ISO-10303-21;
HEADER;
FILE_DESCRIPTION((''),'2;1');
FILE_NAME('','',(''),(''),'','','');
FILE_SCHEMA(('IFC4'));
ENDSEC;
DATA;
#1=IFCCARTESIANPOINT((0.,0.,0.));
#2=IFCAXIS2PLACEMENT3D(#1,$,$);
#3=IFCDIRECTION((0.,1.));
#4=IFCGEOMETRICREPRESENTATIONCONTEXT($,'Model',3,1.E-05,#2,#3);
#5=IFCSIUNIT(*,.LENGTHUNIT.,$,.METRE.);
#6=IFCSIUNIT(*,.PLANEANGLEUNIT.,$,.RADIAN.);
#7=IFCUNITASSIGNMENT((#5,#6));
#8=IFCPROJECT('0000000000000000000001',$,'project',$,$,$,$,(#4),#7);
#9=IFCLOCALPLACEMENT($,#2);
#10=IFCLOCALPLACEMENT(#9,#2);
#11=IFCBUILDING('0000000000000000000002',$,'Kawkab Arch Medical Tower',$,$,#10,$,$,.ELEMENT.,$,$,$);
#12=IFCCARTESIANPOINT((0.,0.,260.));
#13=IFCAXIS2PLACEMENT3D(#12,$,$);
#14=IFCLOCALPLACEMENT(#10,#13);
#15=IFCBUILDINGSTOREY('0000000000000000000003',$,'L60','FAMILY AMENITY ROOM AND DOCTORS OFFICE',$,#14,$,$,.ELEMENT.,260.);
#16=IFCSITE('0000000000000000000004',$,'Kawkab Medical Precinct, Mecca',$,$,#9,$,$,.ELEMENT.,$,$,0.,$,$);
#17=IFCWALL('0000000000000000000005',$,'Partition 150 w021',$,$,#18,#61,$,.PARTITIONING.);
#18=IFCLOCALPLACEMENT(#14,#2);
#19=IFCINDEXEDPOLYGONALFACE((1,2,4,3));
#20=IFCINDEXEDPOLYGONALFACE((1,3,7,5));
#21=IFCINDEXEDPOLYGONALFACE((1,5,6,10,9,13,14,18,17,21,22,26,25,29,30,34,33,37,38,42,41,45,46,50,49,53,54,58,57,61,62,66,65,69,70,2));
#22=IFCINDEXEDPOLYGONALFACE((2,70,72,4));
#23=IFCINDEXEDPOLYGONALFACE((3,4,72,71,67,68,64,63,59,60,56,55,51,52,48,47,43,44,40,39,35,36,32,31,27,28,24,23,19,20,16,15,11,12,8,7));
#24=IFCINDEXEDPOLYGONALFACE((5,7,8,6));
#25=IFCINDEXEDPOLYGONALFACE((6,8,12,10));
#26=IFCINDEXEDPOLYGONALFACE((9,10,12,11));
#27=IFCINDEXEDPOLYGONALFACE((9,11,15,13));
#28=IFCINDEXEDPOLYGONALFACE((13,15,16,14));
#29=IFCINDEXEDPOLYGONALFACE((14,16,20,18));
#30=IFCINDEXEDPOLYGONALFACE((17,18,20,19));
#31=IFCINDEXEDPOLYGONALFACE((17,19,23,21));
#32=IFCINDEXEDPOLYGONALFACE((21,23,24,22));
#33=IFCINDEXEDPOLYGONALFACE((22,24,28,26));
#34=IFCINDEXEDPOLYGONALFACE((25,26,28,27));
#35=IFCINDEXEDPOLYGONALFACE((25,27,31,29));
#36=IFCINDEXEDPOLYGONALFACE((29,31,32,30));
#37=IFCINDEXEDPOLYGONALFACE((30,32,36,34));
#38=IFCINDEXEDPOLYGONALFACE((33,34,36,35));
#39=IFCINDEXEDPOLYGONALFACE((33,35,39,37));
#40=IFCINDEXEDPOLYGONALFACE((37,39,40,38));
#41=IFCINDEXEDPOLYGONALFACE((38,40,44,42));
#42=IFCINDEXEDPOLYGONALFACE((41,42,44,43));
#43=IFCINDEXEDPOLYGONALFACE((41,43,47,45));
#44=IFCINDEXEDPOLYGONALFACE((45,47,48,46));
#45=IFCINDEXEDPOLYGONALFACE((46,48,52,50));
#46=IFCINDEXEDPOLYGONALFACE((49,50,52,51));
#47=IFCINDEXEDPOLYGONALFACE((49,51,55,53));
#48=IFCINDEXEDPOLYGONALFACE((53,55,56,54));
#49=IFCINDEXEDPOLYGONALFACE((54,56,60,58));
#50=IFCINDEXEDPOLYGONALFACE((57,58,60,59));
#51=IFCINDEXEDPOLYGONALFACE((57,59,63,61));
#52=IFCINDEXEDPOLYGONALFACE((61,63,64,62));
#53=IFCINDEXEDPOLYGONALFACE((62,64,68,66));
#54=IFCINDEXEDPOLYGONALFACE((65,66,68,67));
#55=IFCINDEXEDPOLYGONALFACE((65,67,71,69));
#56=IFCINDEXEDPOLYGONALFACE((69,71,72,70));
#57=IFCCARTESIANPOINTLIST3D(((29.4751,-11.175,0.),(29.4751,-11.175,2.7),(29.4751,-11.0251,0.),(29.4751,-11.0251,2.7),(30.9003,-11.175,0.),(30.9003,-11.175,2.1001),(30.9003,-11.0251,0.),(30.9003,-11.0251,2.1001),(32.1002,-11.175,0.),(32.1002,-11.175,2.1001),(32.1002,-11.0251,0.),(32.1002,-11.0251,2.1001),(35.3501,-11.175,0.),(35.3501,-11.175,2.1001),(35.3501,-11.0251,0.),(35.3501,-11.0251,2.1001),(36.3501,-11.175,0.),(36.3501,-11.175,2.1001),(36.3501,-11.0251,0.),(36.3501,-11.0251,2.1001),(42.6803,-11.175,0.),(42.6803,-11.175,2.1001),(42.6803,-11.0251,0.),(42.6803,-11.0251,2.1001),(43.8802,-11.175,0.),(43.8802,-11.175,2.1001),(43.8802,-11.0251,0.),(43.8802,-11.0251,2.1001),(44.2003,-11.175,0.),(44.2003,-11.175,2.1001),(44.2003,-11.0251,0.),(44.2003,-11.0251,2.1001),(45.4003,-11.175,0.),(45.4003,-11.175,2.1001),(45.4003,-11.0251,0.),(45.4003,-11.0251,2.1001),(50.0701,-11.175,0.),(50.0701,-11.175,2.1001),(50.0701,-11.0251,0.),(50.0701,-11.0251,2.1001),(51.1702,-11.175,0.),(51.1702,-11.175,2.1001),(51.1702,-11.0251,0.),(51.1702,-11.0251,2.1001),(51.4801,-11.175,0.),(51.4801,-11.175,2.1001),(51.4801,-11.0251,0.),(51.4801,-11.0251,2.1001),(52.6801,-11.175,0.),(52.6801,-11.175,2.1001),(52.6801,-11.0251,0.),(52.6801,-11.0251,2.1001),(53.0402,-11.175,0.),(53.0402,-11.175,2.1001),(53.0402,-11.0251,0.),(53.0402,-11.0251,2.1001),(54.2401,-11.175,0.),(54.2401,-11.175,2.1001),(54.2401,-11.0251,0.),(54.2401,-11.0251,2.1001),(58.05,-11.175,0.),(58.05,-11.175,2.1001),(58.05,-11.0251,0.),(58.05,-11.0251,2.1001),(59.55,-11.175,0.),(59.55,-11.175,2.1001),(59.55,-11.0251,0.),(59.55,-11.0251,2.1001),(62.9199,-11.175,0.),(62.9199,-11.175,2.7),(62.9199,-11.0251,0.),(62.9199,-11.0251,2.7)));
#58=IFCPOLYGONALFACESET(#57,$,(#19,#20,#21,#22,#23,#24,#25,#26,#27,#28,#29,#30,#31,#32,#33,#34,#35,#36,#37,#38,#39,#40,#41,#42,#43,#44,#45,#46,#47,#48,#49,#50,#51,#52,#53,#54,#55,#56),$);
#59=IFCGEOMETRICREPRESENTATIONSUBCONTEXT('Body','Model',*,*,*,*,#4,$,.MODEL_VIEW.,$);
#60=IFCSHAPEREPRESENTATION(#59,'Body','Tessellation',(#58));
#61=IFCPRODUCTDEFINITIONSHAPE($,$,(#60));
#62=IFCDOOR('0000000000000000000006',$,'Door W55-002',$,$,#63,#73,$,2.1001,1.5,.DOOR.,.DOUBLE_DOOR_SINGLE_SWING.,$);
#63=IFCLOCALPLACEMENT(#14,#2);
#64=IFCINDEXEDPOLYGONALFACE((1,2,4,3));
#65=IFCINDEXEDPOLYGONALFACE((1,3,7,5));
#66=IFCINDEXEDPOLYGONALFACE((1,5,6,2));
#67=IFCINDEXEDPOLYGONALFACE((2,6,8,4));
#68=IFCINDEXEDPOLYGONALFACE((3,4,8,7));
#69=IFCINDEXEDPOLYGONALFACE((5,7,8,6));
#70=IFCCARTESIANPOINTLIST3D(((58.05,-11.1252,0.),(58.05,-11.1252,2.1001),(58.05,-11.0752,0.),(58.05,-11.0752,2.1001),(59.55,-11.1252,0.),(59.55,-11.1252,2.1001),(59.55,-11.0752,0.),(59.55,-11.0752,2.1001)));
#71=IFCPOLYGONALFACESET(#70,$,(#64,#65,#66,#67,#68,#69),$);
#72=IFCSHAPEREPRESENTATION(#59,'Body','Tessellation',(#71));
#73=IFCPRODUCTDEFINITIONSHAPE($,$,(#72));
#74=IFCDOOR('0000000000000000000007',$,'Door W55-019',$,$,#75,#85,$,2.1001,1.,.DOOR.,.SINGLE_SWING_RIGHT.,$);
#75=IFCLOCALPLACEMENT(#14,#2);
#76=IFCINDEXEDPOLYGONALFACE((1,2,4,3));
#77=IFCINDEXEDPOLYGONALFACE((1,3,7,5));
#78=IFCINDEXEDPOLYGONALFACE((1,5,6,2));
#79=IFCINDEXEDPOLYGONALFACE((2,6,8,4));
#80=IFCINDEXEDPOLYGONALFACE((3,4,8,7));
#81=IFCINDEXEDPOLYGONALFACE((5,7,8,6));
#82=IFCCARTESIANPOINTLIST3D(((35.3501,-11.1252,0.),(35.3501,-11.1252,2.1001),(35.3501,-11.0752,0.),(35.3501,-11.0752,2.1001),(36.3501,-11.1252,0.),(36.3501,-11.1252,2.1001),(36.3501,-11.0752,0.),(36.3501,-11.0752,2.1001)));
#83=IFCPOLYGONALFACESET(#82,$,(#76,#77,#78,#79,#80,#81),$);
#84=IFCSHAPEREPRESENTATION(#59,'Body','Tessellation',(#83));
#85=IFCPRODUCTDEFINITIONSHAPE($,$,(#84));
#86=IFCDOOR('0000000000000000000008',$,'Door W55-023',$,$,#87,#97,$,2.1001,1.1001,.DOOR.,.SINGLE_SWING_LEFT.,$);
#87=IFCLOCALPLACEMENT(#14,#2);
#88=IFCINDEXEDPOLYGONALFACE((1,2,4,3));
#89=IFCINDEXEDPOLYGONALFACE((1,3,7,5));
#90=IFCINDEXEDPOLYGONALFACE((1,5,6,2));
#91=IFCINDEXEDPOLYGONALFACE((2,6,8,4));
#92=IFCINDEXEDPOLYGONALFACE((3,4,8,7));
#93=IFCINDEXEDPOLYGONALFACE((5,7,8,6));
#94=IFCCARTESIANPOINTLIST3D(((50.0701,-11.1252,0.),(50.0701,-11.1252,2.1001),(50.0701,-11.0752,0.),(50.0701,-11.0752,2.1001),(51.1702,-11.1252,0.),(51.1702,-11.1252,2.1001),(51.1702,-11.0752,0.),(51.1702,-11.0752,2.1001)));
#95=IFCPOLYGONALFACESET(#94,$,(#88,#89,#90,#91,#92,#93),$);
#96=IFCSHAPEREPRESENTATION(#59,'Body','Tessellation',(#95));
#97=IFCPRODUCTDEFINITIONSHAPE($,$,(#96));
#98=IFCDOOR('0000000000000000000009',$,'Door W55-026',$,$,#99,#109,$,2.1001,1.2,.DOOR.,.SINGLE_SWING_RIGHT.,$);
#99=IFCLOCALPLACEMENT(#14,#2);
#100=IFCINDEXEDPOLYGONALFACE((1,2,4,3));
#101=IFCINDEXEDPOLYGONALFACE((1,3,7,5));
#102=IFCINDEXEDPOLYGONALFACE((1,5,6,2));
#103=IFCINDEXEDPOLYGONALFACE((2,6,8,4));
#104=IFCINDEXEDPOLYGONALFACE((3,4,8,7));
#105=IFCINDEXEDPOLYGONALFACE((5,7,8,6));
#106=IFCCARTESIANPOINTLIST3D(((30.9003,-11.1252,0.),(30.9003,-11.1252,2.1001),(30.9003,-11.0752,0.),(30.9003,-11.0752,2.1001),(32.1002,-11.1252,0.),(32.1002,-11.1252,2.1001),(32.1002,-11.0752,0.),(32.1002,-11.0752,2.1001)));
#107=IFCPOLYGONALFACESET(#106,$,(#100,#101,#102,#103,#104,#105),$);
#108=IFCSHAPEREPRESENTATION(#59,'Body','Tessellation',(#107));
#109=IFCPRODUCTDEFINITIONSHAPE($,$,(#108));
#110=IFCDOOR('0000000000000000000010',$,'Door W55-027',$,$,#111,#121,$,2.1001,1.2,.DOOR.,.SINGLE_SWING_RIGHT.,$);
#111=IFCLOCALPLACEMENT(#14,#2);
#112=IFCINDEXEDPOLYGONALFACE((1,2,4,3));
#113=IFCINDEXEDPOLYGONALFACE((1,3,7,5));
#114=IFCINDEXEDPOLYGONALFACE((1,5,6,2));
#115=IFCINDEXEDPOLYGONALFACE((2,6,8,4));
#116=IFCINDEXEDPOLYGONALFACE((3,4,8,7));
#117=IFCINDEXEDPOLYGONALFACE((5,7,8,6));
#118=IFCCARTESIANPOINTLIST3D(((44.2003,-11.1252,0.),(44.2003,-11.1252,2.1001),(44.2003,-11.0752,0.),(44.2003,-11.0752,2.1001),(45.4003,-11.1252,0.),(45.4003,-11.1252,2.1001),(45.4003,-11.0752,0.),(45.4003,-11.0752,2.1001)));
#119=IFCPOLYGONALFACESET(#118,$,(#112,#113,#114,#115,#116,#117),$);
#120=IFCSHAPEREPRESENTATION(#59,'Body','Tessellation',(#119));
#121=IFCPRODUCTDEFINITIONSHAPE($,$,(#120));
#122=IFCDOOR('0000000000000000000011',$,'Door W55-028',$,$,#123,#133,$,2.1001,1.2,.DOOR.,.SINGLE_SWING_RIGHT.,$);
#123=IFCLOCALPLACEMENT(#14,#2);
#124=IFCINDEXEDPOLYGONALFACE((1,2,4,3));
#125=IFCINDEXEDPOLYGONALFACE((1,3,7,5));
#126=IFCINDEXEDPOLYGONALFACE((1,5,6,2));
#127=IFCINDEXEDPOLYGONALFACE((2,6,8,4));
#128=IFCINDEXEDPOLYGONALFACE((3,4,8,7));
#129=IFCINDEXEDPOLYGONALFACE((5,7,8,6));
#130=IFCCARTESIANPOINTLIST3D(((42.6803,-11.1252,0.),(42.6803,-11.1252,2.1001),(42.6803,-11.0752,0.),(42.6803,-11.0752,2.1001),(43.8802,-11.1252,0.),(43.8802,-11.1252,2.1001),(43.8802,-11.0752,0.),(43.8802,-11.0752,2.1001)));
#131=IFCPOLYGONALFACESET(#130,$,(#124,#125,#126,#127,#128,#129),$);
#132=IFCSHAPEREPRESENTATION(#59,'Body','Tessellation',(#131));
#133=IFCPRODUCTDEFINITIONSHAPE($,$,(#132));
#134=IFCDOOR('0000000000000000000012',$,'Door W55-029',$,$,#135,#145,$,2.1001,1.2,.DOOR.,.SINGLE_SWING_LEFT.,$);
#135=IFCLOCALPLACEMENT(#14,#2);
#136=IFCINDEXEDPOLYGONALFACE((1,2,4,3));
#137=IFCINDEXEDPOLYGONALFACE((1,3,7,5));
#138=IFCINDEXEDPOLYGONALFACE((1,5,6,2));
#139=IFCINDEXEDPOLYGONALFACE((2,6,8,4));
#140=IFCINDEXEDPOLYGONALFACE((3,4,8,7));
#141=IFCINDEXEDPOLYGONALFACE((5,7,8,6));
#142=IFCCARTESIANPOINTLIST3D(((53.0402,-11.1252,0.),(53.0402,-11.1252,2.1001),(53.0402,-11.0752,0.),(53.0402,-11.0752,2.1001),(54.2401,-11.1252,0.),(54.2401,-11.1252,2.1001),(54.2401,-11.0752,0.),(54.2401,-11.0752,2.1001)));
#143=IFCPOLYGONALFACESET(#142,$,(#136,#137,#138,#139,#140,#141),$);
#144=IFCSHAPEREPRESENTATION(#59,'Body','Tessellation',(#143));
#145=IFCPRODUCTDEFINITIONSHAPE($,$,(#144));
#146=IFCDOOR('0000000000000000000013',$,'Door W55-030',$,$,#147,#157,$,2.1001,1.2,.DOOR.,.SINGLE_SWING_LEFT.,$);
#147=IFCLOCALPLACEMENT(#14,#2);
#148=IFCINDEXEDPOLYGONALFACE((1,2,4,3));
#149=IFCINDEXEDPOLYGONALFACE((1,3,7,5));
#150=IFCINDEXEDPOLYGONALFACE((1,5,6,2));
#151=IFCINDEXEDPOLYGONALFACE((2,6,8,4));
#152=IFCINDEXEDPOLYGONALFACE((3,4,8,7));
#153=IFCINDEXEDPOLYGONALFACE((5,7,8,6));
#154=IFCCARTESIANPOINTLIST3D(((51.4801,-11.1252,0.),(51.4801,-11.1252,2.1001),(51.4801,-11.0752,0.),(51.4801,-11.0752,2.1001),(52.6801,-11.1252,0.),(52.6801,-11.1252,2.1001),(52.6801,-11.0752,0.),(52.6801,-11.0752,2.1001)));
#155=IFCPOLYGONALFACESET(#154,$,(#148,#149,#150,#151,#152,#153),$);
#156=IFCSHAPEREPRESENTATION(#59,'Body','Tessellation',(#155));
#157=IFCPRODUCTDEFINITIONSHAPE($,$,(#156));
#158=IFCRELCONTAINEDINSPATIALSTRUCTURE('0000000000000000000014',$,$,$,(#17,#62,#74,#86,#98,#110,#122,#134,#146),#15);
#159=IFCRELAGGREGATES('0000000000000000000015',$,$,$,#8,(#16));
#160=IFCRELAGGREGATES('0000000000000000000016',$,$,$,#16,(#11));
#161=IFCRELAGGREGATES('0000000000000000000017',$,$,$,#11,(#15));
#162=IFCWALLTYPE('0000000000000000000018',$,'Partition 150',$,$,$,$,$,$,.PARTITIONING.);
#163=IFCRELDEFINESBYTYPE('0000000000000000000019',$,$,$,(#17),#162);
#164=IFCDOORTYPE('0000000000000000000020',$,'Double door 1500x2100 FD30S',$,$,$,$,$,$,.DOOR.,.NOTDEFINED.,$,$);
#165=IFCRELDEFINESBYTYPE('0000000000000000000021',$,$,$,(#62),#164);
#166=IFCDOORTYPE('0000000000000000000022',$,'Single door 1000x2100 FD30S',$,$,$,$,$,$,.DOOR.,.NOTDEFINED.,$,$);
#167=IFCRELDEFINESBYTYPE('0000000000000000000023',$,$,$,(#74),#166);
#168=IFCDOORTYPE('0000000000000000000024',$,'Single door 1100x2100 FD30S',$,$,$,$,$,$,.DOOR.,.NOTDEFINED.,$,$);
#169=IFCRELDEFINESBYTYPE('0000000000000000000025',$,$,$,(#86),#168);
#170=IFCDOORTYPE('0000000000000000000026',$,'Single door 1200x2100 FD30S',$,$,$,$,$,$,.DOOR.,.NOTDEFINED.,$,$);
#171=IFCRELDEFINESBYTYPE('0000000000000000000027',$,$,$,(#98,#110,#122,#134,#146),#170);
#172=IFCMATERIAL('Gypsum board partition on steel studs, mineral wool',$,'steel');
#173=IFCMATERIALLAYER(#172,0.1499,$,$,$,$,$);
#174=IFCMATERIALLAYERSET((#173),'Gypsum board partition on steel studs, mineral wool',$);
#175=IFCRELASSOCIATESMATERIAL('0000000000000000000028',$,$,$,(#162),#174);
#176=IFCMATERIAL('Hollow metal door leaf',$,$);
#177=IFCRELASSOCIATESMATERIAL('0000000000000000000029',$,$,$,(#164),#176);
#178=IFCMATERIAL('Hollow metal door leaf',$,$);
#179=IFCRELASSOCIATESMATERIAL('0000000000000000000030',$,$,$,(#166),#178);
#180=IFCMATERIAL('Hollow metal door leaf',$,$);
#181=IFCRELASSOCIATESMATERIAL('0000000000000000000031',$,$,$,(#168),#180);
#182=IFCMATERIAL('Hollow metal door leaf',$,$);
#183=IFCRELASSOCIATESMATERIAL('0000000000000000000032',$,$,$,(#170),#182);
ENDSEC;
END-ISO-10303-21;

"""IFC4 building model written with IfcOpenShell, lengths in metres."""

from ifc_helpers import new_model, si_unit, direction, frame, frame_2d, origin, place, context, subcontext, project, spatial, rectangle, extrude, material, layer, layer_set, type_object, element, fill, save


model = new_model("IFC4")

# Units and contexts
model_context = context("Model", 3, precision=1e-05, world=origin(), true_north=direction((0.0, 1.0)))
body_context = subcontext(model_context, "Body", "Model", "MODEL_VIEW")
ifc_project = project(units=[si_unit("LENGTHUNIT", "METRE"), si_unit("PLANEANGLEUNIT", "RADIAN")], contexts=[model_context])

# Site, building, storey
site_placement = place(None, origin())
site = spatial("IfcSite", under=ifc_project, at=site_placement, Name="Kawkab Medical Precinct, Mecca", CompositionType="ELEMENT", RefElevation=0.0)
building_placement = place(site_placement, origin())
building = spatial("IfcBuilding", under=site, at=building_placement, Name="Kawkab Arch Medical Tower", CompositionType="ELEMENT")
storey_placement = place(building_placement, frame((0.0, 0.0, 260.0)))
storey = spatial("IfcBuildingStorey", under=building, at=storey_placement, Name="L60", Description="FAMILY AMENITY ROOM AND DOCTORS OFFICE", CompositionType="ELEMENT", Elevation=260.0)

# Shared definitions
ifc_material_1 = material(Name="Gypsum board partition on steel studs, mineral wool", Category="steel")
ifc_layer_1 = layer(ifc_material_1, 0.1499)
ifc_layer_set_1 = layer_set([ifc_layer_1], Name="Gypsum board partition on steel studs, mineral wool")
wall_type_1 = type_object("IfcWallType", Name="Partition 150", PredefinedType="PARTITIONING", material=ifc_layer_set_1)
ifc_material_2 = material(Name="Hollow metal door leaf")
door_type_1 = type_object("IfcDoorType", Name="Double door 1500x2100 FD30S", OperationType="NOTDEFINED", PredefinedType="DOOR", material=ifc_material_2)

# Wall, openings, doors
wall_1_placement = place(storey_placement, frame((29.4751, -11.1001, 0.0), z_axis=(0.0, 0.0, 1.0), x_axis=(1.0, 0.0, 0.0)))
wall_1 = element("IfcWall", 1, at=wall_1_placement, inside=storey, type_object=wall_type_1, Name="Partition 150 w021", PredefinedType="PARTITIONING", context=body_context, shape_type="SweptSolid", body=[
    extrude(rectangle(XDim=33.4448, YDim=0.1499, at=frame_2d((16.7224, 0.0))), origin(), (0.0, 0.0, 1.0), 2.7),
])
opening_1_placement = place(wall_1_placement, frame((1.425, 0.0, 0.0)))
opening_1 = element("IfcOpeningElement", 2, at=opening_1_placement, cuts=wall_1, PredefinedType="OPENING", context=body_context, shape_type="SweptSolid", body=[
    extrude(rectangle(XDim=1.2, YDim=2.1001, at=frame_2d((0.6001, 1.05))), frame((0.0, 0.085, 0.0), z_axis=(0.0, -1.0, 0.0), x_axis=(1.0, 0.0, 0.0)), (0.0, 0.0, 1.0), 0.1699),
])
opening_2_placement = place(wall_1_placement, frame((5.875, 0.0, 0.0)))
opening_2 = element("IfcOpeningElement", 3, at=opening_2_placement, cuts=wall_1, PredefinedType="OPENING", context=body_context, shape_type="SweptSolid", body=[
    extrude(rectangle(XDim=1.0, YDim=2.1001, at=frame_2d((0.5, 1.05))), frame((0.0, 0.085, 0.0), z_axis=(0.0, -1.0, 0.0), x_axis=(1.0, 0.0, 0.0)), (0.0, 0.0, 1.0), 0.1699),
])
opening_3_placement = place(wall_1_placement, frame((14.7251, 0.0, 0.0)))
opening_3 = element("IfcOpeningElement", 4, at=opening_3_placement, cuts=wall_1, PredefinedType="OPENING", context=body_context, shape_type="SweptSolid", body=[
    extrude(rectangle(XDim=1.2, YDim=2.1001, at=frame_2d((0.6001, 1.05))), frame((0.0, 0.085, 0.0), z_axis=(0.0, -1.0, 0.0), x_axis=(1.0, 0.0, 0.0)), (0.0, 0.0, 1.0), 0.1699),
])
opening_4_placement = place(wall_1_placement, frame((13.2051, 0.0, 0.0)))
opening_4 = element("IfcOpeningElement", 5, at=opening_4_placement, cuts=wall_1, PredefinedType="OPENING", context=body_context, shape_type="SweptSolid", body=[
    extrude(rectangle(XDim=1.2, YDim=2.1001, at=frame_2d((0.6001, 1.05))), frame((0.0, 0.085, 0.0), z_axis=(0.0, -1.0, 0.0), x_axis=(1.0, 0.0, 0.0)), (0.0, 0.0, 1.0), 0.1699),
])
opening_5_placement = place(wall_1_placement, frame((23.5649, 0.0, 0.0)))
opening_5 = element("IfcOpeningElement", 6, at=opening_5_placement, cuts=wall_1, PredefinedType="OPENING", context=body_context, shape_type="SweptSolid", body=[
    extrude(rectangle(XDim=1.2, YDim=2.1001, at=frame_2d((0.6001, 1.05))), frame((0.0, 0.085, 0.0), z_axis=(0.0, -1.0, 0.0), x_axis=(1.0, 0.0, 0.0)), (0.0, 0.0, 1.0), 0.1699),
])
opening_6_placement = place(wall_1_placement, frame((22.0049, 0.0, 0.0)))
opening_6 = element("IfcOpeningElement", 7, at=opening_6_placement, cuts=wall_1, PredefinedType="OPENING", context=body_context, shape_type="SweptSolid", body=[
    extrude(rectangle(XDim=1.2, YDim=2.1001, at=frame_2d((0.6001, 1.05))), frame((0.0, 0.085, 0.0), z_axis=(0.0, -1.0, 0.0), x_axis=(1.0, 0.0, 0.0)), (0.0, 0.0, 1.0), 0.1699),
])
opening_7_placement = place(wall_1_placement, frame((20.595, 0.0, 0.0)))
opening_7 = element("IfcOpeningElement", 8, at=opening_7_placement, cuts=wall_1, PredefinedType="OPENING", context=body_context, shape_type="SweptSolid", body=[
    extrude(rectangle(XDim=1.1001, YDim=2.1001, at=frame_2d((0.55, 1.05))), frame((0.0, 0.085, 0.0), z_axis=(0.0, -1.0, 0.0), x_axis=(1.0, 0.0, 0.0)), (0.0, 0.0, 1.0), 0.1699),
])
opening_8_placement = place(wall_1_placement, frame((28.575, 0.0, 0.0)))
opening_8 = element("IfcOpeningElement", 9, at=opening_8_placement, cuts=wall_1, PredefinedType="OPENING", context=body_context, shape_type="SweptSolid", body=[
    extrude(rectangle(XDim=1.5, YDim=2.1001, at=frame_2d((0.75, 1.05))), frame((0.0, 0.085, 0.0), z_axis=(0.0, -1.0, 0.0), x_axis=(1.0, 0.0, 0.0)), (0.0, 0.0, 1.0), 0.1699),
])
door_1_placement = place(opening_8_placement, origin())
door_1 = element("IfcDoor", 10, at=door_1_placement, inside=storey, type_object=door_type_1, Name="Door W55-002", OperationType="DOUBLE_DOOR_SINGLE_SWING", OverallHeight=2.1001, OverallWidth=1.5, PredefinedType="DOOR", context=body_context, shape_type="SweptSolid", body=[
    extrude(rectangle(XDim=1.5, YDim=2.1001, at=frame_2d((0.75, 1.05))), frame((0.0, 0.0249, 0.0), z_axis=(0.0, -1.0, 0.0), x_axis=(1.0, 0.0, 0.0)), (0.0, 0.0, 1.0), 0.05),
])
fill(opening_8, door_1)
ifc_material_3 = material(Name="Hollow metal door leaf")
door_type_2 = type_object("IfcDoorType", Name="Single door 1000x2100 FD30S", OperationType="NOTDEFINED", PredefinedType="DOOR", material=ifc_material_3)
door_2_placement = place(opening_2_placement, origin())
door_2 = element("IfcDoor", 11, at=door_2_placement, inside=storey, type_object=door_type_2, Name="Door W55-019", OperationType="SINGLE_SWING_RIGHT", OverallHeight=2.1001, OverallWidth=1.0, PredefinedType="DOOR", context=body_context, shape_type="SweptSolid", body=[
    extrude(rectangle(XDim=1.0, YDim=2.1001, at=frame_2d((0.5, 1.05))), frame((0.0, 0.0249, 0.0), z_axis=(0.0, -1.0, 0.0), x_axis=(1.0, 0.0, 0.0)), (0.0, 0.0, 1.0), 0.05),
])
fill(opening_2, door_2)
ifc_material_4 = material(Name="Hollow metal door leaf")
door_type_3 = type_object("IfcDoorType", Name="Single door 1100x2100 FD30S", OperationType="NOTDEFINED", PredefinedType="DOOR", material=ifc_material_4)
door_3_placement = place(opening_7_placement, origin())
door_3 = element("IfcDoor", 12, at=door_3_placement, inside=storey, type_object=door_type_3, Name="Door W55-023", OperationType="SINGLE_SWING_LEFT", OverallHeight=2.1001, OverallWidth=1.1001, PredefinedType="DOOR", context=body_context, shape_type="SweptSolid", body=[
    extrude(rectangle(XDim=1.1001, YDim=2.1001, at=frame_2d((0.55, 1.05))), frame((0.0, 0.0249, 0.0), z_axis=(0.0, -1.0, 0.0), x_axis=(1.0, 0.0, 0.0)), (0.0, 0.0, 1.0), 0.05),
])
fill(opening_7, door_3)
ifc_material_5 = material(Name="Hollow metal door leaf")
door_type_4 = type_object("IfcDoorType", Name="Single door 1200x2100 FD30S", OperationType="NOTDEFINED", PredefinedType="DOOR", material=ifc_material_5)
door_4_placement = place(opening_1_placement, origin())
door_4 = element("IfcDoor", 13, at=door_4_placement, inside=storey, type_object=door_type_4, Name="Door W55-026", OperationType="SINGLE_SWING_RIGHT", OverallHeight=2.1001, OverallWidth=1.2, PredefinedType="DOOR", context=body_context, shape_type="SweptSolid", body=[
    extrude(rectangle(XDim=1.2, YDim=2.1001, at=frame_2d((0.6001, 1.05))), frame((0.0, 0.0249, 0.0), z_axis=(0.0, -1.0, 0.0), x_axis=(1.0, 0.0, 0.0)), (0.0, 0.0, 1.0), 0.05),
])
fill(opening_1, door_4)
door_5_placement = place(opening_3_placement, origin())
door_5 = element("IfcDoor", 14, at=door_5_placement, inside=storey, type_object=door_type_4, Name="Door W55-027", OperationType="SINGLE_SWING_RIGHT", OverallHeight=2.1001, OverallWidth=1.2, PredefinedType="DOOR", context=body_context, shape_type="SweptSolid", body=[
    extrude(rectangle(XDim=1.2, YDim=2.1001, at=frame_2d((0.6001, 1.05))), frame((0.0, 0.0249, 0.0), z_axis=(0.0, -1.0, 0.0), x_axis=(1.0, 0.0, 0.0)), (0.0, 0.0, 1.0), 0.05),
])
fill(opening_3, door_5)
door_6_placement = place(opening_4_placement, origin())
door_6 = element("IfcDoor", 15, at=door_6_placement, inside=storey, type_object=door_type_4, Name="Door W55-028", OperationType="SINGLE_SWING_RIGHT", OverallHeight=2.1001, OverallWidth=1.2, PredefinedType="DOOR", context=body_context, shape_type="SweptSolid", body=[
    extrude(rectangle(XDim=1.2, YDim=2.1001, at=frame_2d((0.6001, 1.05))), frame((0.0, 0.0249, 0.0), z_axis=(0.0, -1.0, 0.0), x_axis=(1.0, 0.0, 0.0)), (0.0, 0.0, 1.0), 0.05),
])
fill(opening_4, door_6)
door_7_placement = place(opening_5_placement, origin())
door_7 = element("IfcDoor", 16, at=door_7_placement, inside=storey, type_object=door_type_4, Name="Door W55-029", OperationType="SINGLE_SWING_LEFT", OverallHeight=2.1001, OverallWidth=1.2, PredefinedType="DOOR", context=body_context, shape_type="SweptSolid", body=[
    extrude(rectangle(XDim=1.2, YDim=2.1001, at=frame_2d((0.6001, 1.05))), frame((0.0, 0.0249, 0.0), z_axis=(0.0, -1.0, 0.0), x_axis=(1.0, 0.0, 0.0)), (0.0, 0.0, 1.0), 0.05),
])
fill(opening_5, door_7)
door_8_placement = place(opening_6_placement, origin())
door_8 = element("IfcDoor", 17, at=door_8_placement, inside=storey, type_object=door_type_4, Name="Door W55-030", OperationType="SINGLE_SWING_LEFT", OverallHeight=2.1001, OverallWidth=1.2, PredefinedType="DOOR", context=body_context, shape_type="SweptSolid", body=[
    extrude(rectangle(XDim=1.2, YDim=2.1001, at=frame_2d((0.6001, 1.05))), frame((0.0, 0.0249, 0.0), z_axis=(0.0, -1.0, 0.0), x_axis=(1.0, 0.0, 0.0)), (0.0, 0.0, 1.0), 0.05),
])
fill(opening_6, door_8)

save(model, "model.ifc")
